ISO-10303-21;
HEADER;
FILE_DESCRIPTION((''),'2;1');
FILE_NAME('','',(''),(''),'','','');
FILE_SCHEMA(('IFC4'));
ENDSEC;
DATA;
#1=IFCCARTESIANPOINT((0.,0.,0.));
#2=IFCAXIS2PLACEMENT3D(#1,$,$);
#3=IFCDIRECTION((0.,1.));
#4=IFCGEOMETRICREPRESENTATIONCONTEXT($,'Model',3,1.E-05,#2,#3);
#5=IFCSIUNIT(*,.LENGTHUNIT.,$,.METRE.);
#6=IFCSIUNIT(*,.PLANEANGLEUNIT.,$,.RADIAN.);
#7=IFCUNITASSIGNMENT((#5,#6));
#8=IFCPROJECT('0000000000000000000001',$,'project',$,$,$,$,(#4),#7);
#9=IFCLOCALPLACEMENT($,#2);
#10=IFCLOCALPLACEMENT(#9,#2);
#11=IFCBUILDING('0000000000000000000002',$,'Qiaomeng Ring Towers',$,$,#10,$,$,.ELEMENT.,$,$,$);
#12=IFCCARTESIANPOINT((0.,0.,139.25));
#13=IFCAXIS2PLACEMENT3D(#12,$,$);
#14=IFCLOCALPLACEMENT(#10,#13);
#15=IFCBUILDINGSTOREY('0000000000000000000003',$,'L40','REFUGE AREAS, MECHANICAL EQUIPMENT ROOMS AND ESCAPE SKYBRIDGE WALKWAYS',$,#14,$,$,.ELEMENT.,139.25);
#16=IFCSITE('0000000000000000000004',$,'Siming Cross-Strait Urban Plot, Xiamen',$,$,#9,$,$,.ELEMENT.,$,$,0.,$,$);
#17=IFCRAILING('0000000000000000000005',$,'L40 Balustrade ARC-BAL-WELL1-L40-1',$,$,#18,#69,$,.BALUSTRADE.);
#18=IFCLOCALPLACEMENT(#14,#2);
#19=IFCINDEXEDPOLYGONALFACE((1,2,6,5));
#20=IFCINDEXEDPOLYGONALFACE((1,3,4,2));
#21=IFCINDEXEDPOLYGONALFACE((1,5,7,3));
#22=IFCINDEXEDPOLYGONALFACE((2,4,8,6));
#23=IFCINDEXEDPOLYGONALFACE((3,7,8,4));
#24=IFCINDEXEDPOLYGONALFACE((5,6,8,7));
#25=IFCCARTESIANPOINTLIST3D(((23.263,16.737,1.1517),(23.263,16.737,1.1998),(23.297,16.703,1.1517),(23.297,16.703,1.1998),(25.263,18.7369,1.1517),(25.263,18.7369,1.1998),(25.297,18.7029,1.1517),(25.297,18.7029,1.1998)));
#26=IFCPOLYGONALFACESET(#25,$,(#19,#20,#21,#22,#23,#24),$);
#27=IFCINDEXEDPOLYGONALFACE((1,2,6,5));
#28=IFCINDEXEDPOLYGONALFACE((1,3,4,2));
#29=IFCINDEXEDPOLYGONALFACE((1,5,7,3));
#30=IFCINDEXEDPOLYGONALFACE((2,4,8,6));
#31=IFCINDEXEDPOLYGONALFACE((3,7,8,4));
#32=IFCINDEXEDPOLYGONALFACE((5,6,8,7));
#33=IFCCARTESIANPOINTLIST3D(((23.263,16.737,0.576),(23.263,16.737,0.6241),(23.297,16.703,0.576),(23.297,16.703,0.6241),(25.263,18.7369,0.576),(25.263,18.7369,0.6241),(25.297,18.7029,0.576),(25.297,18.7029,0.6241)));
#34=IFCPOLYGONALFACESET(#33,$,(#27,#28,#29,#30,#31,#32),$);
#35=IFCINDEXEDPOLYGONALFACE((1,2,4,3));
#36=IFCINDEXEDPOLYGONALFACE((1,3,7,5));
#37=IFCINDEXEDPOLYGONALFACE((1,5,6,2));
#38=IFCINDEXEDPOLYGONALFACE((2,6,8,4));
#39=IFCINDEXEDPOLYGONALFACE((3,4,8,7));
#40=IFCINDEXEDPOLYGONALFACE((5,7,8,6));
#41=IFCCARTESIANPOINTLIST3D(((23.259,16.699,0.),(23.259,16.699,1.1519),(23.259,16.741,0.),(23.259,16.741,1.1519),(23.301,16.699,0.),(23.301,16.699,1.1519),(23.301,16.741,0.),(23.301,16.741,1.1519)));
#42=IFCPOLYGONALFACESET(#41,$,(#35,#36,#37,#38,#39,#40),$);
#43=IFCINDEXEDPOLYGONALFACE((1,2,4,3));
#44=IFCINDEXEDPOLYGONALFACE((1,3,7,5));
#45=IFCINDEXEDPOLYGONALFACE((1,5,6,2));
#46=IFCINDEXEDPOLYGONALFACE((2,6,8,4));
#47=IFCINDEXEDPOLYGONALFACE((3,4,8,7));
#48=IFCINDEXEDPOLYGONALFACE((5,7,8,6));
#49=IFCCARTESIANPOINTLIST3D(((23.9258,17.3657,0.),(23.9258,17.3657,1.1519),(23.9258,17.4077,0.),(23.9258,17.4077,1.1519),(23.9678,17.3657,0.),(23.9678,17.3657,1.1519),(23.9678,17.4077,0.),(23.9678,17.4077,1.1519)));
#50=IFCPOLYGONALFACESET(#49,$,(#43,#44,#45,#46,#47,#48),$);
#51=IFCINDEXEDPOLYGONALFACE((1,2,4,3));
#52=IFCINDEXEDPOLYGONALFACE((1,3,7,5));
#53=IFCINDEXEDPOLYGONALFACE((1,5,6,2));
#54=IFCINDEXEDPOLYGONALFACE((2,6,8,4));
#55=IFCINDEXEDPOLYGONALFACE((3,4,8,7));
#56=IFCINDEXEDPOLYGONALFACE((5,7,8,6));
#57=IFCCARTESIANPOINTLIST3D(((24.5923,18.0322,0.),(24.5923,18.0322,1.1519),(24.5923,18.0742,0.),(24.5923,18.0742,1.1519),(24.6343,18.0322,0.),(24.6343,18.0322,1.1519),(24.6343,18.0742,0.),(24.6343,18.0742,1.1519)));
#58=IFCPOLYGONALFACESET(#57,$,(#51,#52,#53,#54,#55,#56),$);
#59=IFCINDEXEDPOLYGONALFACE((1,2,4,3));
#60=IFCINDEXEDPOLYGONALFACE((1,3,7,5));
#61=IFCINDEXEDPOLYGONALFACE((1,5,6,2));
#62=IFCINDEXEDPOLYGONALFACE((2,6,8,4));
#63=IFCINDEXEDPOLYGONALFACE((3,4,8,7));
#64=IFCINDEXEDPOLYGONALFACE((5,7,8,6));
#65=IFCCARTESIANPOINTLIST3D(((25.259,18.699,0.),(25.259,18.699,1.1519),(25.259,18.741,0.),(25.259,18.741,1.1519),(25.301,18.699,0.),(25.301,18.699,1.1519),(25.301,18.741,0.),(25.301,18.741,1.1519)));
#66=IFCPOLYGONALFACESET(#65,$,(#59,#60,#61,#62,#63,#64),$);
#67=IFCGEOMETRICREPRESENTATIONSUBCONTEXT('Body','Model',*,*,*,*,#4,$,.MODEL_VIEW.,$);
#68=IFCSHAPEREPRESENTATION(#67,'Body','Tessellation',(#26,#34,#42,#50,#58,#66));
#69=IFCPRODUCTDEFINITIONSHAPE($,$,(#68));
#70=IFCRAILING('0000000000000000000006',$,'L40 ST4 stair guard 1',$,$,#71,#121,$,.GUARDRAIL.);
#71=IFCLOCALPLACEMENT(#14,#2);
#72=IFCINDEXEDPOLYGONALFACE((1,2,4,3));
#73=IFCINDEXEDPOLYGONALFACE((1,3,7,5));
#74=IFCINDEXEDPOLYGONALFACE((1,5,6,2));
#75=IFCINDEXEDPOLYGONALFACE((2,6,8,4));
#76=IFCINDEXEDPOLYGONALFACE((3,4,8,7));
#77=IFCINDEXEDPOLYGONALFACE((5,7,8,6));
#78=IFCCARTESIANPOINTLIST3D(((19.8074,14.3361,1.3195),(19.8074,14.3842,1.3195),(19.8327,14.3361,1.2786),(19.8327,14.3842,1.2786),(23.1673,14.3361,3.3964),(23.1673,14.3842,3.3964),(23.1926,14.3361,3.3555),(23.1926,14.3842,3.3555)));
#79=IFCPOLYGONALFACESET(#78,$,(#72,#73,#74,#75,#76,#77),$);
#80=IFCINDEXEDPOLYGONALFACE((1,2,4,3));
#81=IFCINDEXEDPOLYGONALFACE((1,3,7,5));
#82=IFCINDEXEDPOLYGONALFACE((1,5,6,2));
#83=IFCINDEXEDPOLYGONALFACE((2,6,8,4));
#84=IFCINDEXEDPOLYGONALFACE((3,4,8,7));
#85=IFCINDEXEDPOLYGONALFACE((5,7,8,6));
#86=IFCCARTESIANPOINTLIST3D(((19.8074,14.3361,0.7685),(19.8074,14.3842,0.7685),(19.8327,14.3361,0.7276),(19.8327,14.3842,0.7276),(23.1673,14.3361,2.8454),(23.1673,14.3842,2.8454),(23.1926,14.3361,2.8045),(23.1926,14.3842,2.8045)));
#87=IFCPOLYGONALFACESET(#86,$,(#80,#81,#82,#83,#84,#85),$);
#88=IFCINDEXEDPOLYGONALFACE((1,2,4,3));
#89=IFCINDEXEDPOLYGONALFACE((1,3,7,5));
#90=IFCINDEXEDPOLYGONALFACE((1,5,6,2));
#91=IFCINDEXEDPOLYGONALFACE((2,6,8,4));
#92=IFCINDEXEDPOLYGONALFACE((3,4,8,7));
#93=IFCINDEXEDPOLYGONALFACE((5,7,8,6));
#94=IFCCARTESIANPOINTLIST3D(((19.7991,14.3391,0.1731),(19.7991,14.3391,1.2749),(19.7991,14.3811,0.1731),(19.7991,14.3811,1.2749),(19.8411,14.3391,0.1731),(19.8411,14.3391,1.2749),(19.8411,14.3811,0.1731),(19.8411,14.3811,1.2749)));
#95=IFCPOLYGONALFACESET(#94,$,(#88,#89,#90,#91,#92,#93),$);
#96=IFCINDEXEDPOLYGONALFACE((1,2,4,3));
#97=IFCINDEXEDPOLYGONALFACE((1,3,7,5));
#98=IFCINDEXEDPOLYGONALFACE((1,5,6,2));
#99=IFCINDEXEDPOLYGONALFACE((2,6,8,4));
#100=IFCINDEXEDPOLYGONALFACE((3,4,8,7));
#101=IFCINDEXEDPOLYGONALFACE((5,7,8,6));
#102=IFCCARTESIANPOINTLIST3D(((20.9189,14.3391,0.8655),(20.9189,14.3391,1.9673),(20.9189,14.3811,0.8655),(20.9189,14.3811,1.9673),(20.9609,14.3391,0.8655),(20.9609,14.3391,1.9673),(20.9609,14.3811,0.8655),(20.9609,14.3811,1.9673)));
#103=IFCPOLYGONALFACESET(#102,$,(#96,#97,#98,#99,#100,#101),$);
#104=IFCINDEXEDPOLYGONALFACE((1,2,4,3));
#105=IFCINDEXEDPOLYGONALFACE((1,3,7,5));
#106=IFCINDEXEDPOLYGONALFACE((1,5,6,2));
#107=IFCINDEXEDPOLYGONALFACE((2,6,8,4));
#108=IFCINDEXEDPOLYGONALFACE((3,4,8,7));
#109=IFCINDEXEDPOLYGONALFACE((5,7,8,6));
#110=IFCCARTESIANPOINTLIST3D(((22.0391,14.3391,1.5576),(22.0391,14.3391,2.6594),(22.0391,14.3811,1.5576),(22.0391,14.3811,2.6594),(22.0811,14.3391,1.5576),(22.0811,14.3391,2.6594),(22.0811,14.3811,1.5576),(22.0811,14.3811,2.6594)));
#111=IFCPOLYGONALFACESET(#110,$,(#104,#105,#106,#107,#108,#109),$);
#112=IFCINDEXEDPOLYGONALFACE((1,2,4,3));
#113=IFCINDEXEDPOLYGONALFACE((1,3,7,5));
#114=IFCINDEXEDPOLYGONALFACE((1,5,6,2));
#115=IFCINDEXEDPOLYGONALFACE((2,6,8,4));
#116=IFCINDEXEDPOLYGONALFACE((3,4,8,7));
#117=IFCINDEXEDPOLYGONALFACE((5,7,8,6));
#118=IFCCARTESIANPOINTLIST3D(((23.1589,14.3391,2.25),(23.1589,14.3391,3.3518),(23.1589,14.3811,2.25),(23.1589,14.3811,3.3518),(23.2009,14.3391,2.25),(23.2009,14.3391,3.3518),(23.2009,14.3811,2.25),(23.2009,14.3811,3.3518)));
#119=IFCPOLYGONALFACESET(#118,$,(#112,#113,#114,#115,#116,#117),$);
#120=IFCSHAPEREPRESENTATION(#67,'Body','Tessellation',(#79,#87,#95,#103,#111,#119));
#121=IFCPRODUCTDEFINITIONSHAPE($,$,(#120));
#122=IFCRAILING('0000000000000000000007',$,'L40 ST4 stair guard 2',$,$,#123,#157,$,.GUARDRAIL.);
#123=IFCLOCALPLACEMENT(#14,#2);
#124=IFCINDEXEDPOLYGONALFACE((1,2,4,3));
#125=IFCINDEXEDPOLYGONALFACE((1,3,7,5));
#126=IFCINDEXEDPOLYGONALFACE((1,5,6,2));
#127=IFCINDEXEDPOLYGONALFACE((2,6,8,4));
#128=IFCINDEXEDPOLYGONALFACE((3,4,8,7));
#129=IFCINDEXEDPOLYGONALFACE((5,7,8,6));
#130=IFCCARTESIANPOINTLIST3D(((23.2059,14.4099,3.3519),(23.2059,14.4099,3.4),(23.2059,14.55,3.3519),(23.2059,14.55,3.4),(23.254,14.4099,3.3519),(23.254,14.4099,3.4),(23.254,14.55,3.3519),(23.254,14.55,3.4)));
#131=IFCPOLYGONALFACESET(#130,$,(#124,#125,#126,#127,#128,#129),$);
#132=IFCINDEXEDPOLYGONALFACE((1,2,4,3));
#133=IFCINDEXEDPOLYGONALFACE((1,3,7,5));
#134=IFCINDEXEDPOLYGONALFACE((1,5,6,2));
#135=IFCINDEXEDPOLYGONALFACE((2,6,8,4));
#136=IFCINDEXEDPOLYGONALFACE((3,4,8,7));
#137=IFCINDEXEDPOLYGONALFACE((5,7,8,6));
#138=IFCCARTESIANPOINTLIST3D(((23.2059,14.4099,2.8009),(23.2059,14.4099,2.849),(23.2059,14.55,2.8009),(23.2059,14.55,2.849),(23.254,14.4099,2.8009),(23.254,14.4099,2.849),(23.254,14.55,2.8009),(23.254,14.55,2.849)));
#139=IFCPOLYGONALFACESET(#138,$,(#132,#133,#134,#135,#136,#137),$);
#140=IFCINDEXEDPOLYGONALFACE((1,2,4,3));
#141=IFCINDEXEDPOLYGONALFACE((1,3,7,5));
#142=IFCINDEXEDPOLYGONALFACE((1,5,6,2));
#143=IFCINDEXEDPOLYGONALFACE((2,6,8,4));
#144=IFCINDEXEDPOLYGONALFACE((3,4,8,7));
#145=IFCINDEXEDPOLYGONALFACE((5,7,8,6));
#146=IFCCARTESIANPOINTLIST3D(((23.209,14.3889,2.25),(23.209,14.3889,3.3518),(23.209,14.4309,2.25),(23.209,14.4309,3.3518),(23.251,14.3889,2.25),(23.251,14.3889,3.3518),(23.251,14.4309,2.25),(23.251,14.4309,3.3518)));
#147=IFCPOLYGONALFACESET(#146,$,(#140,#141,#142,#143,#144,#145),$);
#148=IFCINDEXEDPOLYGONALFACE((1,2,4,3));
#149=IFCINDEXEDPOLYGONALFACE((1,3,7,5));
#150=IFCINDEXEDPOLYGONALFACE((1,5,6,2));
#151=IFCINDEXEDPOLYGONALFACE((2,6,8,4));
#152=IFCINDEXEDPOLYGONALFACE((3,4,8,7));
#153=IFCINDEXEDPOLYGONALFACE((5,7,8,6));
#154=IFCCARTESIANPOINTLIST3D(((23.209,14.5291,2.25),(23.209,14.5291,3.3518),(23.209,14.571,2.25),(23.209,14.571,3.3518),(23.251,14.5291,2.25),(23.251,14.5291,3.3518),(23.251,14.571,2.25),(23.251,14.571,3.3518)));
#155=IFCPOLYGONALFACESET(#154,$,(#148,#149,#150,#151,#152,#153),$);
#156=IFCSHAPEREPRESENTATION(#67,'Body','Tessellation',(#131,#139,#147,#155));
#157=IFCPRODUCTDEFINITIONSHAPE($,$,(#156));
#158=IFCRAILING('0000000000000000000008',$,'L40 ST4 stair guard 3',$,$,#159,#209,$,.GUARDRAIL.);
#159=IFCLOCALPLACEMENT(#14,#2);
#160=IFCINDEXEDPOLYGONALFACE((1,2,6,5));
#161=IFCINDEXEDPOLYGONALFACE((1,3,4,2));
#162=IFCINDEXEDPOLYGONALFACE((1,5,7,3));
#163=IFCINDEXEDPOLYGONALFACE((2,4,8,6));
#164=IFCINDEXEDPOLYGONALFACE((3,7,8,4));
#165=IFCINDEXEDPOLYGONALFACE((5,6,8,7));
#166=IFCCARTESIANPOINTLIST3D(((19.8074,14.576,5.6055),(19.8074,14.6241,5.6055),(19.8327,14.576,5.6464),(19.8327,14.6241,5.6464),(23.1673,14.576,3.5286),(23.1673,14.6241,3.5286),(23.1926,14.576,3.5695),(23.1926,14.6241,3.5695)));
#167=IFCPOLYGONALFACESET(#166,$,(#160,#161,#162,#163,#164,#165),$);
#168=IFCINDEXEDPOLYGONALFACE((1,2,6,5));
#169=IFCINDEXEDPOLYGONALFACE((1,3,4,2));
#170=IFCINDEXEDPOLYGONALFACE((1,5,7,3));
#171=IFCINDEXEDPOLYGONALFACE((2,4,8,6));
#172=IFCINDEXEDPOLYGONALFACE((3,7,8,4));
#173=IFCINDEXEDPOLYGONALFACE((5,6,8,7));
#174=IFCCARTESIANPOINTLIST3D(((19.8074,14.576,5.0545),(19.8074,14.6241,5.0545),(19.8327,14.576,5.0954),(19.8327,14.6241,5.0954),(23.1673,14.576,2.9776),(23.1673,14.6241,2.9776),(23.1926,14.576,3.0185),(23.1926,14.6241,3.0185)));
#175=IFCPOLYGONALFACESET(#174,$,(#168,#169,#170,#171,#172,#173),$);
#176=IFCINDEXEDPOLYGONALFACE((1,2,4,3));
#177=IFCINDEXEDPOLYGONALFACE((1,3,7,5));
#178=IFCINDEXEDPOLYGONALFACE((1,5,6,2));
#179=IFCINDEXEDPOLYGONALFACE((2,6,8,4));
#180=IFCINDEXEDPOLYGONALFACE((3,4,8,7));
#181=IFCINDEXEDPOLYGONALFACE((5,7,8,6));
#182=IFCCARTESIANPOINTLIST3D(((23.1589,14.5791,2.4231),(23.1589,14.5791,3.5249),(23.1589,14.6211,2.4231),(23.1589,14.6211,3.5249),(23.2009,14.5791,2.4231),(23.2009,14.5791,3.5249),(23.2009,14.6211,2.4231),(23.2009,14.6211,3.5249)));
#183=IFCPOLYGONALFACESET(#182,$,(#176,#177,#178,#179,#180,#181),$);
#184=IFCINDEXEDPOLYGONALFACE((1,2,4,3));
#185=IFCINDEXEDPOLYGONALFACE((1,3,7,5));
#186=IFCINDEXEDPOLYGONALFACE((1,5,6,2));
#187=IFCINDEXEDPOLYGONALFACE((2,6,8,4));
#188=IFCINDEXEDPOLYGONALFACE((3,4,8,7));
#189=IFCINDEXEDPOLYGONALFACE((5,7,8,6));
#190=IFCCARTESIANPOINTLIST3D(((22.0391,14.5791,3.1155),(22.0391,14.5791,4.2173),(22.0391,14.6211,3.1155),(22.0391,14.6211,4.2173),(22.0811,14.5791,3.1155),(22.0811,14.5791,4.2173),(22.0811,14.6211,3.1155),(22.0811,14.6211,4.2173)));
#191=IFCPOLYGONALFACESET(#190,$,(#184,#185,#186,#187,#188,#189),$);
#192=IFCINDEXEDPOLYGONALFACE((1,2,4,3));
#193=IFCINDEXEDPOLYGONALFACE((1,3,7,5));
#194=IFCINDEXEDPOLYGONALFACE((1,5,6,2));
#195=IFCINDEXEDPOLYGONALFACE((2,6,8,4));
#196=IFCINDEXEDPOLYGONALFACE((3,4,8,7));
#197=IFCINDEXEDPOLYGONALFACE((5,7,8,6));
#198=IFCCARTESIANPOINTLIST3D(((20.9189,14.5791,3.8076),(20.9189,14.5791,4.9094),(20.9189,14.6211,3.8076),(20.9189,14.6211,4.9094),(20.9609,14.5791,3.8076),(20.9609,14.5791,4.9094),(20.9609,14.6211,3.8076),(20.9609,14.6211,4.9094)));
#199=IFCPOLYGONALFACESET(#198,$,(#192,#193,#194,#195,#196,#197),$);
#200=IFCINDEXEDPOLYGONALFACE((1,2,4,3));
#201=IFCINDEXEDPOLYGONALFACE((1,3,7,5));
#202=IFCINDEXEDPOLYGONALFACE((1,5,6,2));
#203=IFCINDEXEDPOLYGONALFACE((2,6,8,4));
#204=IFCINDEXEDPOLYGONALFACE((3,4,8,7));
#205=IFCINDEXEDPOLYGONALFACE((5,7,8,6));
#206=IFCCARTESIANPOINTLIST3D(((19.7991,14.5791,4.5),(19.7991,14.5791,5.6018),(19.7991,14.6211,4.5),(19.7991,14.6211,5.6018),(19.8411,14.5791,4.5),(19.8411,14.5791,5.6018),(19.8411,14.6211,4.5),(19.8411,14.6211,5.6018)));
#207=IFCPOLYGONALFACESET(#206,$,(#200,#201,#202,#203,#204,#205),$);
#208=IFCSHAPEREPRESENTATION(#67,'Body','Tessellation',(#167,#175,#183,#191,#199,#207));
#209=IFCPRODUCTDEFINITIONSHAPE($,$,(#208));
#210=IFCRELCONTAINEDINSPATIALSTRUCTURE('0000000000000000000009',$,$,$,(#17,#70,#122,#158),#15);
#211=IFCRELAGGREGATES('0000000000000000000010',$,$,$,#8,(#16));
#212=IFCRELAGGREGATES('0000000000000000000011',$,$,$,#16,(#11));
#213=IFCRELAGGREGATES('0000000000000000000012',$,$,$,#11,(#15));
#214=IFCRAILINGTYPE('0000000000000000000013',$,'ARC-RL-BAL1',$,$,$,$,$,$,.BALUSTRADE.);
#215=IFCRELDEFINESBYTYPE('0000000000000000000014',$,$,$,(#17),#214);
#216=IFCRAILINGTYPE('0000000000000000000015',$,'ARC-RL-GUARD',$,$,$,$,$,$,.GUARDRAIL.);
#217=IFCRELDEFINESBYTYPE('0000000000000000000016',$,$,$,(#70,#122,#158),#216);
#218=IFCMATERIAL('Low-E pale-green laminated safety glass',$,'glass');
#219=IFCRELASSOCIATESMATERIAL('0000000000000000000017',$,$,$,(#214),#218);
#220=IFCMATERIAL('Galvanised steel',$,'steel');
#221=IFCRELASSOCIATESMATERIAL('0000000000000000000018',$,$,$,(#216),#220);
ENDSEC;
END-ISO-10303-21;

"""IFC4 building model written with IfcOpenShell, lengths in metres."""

from ifc_helpers import new_model, si_unit, direction, frame, origin, origin_2d, place, context, subcontext, project, spatial, rectangle, extrude, material, type_object, element, save


model = new_model("IFC4")

# Units and contexts
model_context = context("Model", 3, precision=1e-05, world=origin(), true_north=direction((0.0, 1.0)))
body_context = subcontext(model_context, "Body", "Model", "MODEL_VIEW")
ifc_project = project(units=[si_unit("LENGTHUNIT", "METRE"), si_unit("PLANEANGLEUNIT", "RADIAN")], contexts=[model_context])

# Site, building, storey
site_placement = place(None, origin())
site = spatial("IfcSite", under=ifc_project, at=site_placement, Name="Siming Cross-Strait Urban Plot, Xiamen", CompositionType="ELEMENT", RefElevation=0.0)
building_placement = place(site_placement, origin())
building = spatial("IfcBuilding", under=site, at=building_placement, Name="Qiaomeng Ring Towers", CompositionType="ELEMENT")
storey_placement = place(building_placement, frame((0.0, 0.0, 139.25)))
storey = spatial("IfcBuildingStorey", under=building, at=storey_placement, Name="L40", Description="REFUGE AREAS, MECHANICAL EQUIPMENT ROOMS AND ESCAPE SKYBRIDGE WALKWAYS", CompositionType="ELEMENT", Elevation=139.25)

# Shared definitions
ifc_material_1 = material(Name="Galvanised steel", Category="steel")

# Railings
ifc_material_2 = material(Name="Low-E pale-green laminated safety glass", Category="glass")
railing_type_1 = type_object("IfcRailingType", Name="ARC-RL-BAL1", PredefinedType="BALUSTRADE", material=ifc_material_2)
railing_1_placement = place(storey_placement, frame((23.28, 16.72, 0.0)))
element("IfcRailing", 1, at=railing_1_placement, inside=storey, type_object=railing_type_1, Name="L40 Balustrade ARC-BAL-WELL1-L40-1", PredefinedType="BALUSTRADE", context=body_context, shape_type="SweptSolid", body=[
    extrude(rectangle(XDim=0.0481, YDim=0.0481, at=origin_2d()), frame((0.0, 0.0, 1.1758), z_axis=(0.707107, 0.707107, 0.0), x_axis=(-0.707107, 0.707107, 0.0)), (0.0, 0.0, 1.0), 2.8284),
    extrude(rectangle(XDim=0.0481, YDim=0.0481, at=origin_2d()), frame((0.0, 0.0, 0.6001), z_axis=(0.707107, 0.707107, 0.0), x_axis=(-0.707107, 0.707107, 0.0)), (0.0, 0.0, 1.0), 2.8284),
    extrude(rectangle(XDim=0.042, YDim=0.042, at=origin_2d()), origin(), (0.0, 0.0, 1.0), 1.1519),
    extrude(rectangle(XDim=0.042, YDim=0.042, at=origin_2d()), frame((0.6667, 0.6667, 0.0)), (0.0, 0.0, 1.0), 1.1519),
    extrude(rectangle(XDim=0.042, YDim=0.042, at=origin_2d()), frame((1.3333, 1.3333, 0.0)), (0.0, 0.0, 1.0), 1.1519),
    extrude(rectangle(XDim=0.042, YDim=0.042, at=origin_2d()), frame((2.0, 2.0, 0.0)), (0.0, 0.0, 1.0), 1.1519),
])
railing_type_2 = type_object("IfcRailingType", Name="ARC-RL-GUARD", PredefinedType="GUARDRAIL", material=ifc_material_1)
railing_2_placement = place(storey_placement, frame((19.8201, 14.3601, 0.1731)))
element("IfcRailing", 2, at=railing_2_placement, inside=storey, type_object=railing_type_2, Name="L40 ST4 stair guard 1", PredefinedType="GUARDRAIL", context=body_context, shape_type="SweptSolid", body=[
    extrude(rectangle(XDim=0.0481, YDim=0.0481, at=origin_2d()), frame((0.0, 0.0, 1.126), z_axis=(0.850606, 0.0, 0.525803), x_axis=(0.0, 1.0, 0.0)), (0.0, 0.0, 1.0), 3.95),
    extrude(rectangle(XDim=0.0481, YDim=0.0481, at=origin_2d()), frame((0.0, 0.0, 0.575), z_axis=(0.850606, 0.0, 0.525803), x_axis=(0.0, 1.0, 0.0)), (0.0, 0.0, 1.0), 3.95),
    extrude(rectangle(XDim=0.042, YDim=0.042, at=origin_2d()), origin(), (0.0, 0.0, 1.0), 1.1018),
    extrude(rectangle(XDim=0.042, YDim=0.042, at=origin_2d()), frame((1.1199, 0.0, 0.6924)), (0.0, 0.0, 1.0), 1.1018),
    extrude(rectangle(XDim=0.042, YDim=0.042, at=origin_2d()), frame((2.24, 0.0, 1.3845)), (0.0, 0.0, 1.0), 1.1018),
    extrude(rectangle(XDim=0.042, YDim=0.042, at=origin_2d()), frame((3.3599, 0.0, 2.0769)), (0.0, 0.0, 1.0), 1.1018),
])
railing_3_placement = place(storey_placement, frame((23.23, 14.4099, 2.25)))
element("IfcRailing", 3, at=railing_3_placement, inside=storey, type_object=railing_type_2, Name="L40 ST4 stair guard 2", PredefinedType="GUARDRAIL", context=body_context, shape_type="SweptSolid", body=[
    extrude(rectangle(XDim=0.0481, YDim=0.0481, at=origin_2d()), frame((0.0, 0.0, 1.126), z_axis=(0.0, 1.0, 0.0), x_axis=(-1.0, 0.0, 0.0)), (0.0, 0.0, 1.0), 0.1401),
    extrude(rectangle(XDim=0.0481, YDim=0.0481, at=origin_2d()), frame((0.0, 0.0, 0.575), z_axis=(0.0, 1.0, 0.0), x_axis=(-1.0, 0.0, 0.0)), (0.0, 0.0, 1.0), 0.1401),
    extrude(rectangle(XDim=0.042, YDim=0.042, at=origin_2d()), origin(), (0.0, 0.0, 1.0), 1.1018),
    extrude(rectangle(XDim=0.042, YDim=0.042, at=origin_2d()), frame((0.0, 0.1401, 0.0)), (0.0, 0.0, 1.0), 1.1018),
])
railing_4_placement = place(storey_placement, frame((23.1799, 14.6001, 2.4231)))
element("IfcRailing", 4, at=railing_4_placement, inside=storey, type_object=railing_type_2, Name="L40 ST4 stair guard 3", PredefinedType="GUARDRAIL", context=body_context, shape_type="SweptSolid", body=[
    extrude(rectangle(XDim=0.0481, YDim=0.0481, at=origin_2d()), frame((0.0, 0.0, 1.126), z_axis=(-0.850606, 0.0, 0.525803), x_axis=(0.0, -1.0, 0.0)), (0.0, 0.0, 1.0), 3.95),
    extrude(rectangle(XDim=0.0481, YDim=0.0481, at=origin_2d()), frame((0.0, 0.0, 0.575), z_axis=(-0.850606, 0.0, 0.525803), x_axis=(0.0, -1.0, 0.0)), (0.0, 0.0, 1.0), 3.95),
    extrude(rectangle(XDim=0.042, YDim=0.042, at=origin_2d()), origin(), (0.0, 0.0, 1.0), 1.1018),
    extrude(rectangle(XDim=0.042, YDim=0.042, at=origin_2d()), frame((-1.1199, 0.0, 0.6924)), (0.0, 0.0, 1.0), 1.1018),
    extrude(rectangle(XDim=0.042, YDim=0.042, at=origin_2d()), frame((-2.24, 0.0, 1.3845)), (0.0, 0.0, 1.0), 1.1018),
    extrude(rectangle(XDim=0.042, YDim=0.042, at=origin_2d()), frame((-3.3599, 0.0, 2.0769)), (0.0, 0.0, 1.0), 1.1018),
])

save(model, "model.ifc")
